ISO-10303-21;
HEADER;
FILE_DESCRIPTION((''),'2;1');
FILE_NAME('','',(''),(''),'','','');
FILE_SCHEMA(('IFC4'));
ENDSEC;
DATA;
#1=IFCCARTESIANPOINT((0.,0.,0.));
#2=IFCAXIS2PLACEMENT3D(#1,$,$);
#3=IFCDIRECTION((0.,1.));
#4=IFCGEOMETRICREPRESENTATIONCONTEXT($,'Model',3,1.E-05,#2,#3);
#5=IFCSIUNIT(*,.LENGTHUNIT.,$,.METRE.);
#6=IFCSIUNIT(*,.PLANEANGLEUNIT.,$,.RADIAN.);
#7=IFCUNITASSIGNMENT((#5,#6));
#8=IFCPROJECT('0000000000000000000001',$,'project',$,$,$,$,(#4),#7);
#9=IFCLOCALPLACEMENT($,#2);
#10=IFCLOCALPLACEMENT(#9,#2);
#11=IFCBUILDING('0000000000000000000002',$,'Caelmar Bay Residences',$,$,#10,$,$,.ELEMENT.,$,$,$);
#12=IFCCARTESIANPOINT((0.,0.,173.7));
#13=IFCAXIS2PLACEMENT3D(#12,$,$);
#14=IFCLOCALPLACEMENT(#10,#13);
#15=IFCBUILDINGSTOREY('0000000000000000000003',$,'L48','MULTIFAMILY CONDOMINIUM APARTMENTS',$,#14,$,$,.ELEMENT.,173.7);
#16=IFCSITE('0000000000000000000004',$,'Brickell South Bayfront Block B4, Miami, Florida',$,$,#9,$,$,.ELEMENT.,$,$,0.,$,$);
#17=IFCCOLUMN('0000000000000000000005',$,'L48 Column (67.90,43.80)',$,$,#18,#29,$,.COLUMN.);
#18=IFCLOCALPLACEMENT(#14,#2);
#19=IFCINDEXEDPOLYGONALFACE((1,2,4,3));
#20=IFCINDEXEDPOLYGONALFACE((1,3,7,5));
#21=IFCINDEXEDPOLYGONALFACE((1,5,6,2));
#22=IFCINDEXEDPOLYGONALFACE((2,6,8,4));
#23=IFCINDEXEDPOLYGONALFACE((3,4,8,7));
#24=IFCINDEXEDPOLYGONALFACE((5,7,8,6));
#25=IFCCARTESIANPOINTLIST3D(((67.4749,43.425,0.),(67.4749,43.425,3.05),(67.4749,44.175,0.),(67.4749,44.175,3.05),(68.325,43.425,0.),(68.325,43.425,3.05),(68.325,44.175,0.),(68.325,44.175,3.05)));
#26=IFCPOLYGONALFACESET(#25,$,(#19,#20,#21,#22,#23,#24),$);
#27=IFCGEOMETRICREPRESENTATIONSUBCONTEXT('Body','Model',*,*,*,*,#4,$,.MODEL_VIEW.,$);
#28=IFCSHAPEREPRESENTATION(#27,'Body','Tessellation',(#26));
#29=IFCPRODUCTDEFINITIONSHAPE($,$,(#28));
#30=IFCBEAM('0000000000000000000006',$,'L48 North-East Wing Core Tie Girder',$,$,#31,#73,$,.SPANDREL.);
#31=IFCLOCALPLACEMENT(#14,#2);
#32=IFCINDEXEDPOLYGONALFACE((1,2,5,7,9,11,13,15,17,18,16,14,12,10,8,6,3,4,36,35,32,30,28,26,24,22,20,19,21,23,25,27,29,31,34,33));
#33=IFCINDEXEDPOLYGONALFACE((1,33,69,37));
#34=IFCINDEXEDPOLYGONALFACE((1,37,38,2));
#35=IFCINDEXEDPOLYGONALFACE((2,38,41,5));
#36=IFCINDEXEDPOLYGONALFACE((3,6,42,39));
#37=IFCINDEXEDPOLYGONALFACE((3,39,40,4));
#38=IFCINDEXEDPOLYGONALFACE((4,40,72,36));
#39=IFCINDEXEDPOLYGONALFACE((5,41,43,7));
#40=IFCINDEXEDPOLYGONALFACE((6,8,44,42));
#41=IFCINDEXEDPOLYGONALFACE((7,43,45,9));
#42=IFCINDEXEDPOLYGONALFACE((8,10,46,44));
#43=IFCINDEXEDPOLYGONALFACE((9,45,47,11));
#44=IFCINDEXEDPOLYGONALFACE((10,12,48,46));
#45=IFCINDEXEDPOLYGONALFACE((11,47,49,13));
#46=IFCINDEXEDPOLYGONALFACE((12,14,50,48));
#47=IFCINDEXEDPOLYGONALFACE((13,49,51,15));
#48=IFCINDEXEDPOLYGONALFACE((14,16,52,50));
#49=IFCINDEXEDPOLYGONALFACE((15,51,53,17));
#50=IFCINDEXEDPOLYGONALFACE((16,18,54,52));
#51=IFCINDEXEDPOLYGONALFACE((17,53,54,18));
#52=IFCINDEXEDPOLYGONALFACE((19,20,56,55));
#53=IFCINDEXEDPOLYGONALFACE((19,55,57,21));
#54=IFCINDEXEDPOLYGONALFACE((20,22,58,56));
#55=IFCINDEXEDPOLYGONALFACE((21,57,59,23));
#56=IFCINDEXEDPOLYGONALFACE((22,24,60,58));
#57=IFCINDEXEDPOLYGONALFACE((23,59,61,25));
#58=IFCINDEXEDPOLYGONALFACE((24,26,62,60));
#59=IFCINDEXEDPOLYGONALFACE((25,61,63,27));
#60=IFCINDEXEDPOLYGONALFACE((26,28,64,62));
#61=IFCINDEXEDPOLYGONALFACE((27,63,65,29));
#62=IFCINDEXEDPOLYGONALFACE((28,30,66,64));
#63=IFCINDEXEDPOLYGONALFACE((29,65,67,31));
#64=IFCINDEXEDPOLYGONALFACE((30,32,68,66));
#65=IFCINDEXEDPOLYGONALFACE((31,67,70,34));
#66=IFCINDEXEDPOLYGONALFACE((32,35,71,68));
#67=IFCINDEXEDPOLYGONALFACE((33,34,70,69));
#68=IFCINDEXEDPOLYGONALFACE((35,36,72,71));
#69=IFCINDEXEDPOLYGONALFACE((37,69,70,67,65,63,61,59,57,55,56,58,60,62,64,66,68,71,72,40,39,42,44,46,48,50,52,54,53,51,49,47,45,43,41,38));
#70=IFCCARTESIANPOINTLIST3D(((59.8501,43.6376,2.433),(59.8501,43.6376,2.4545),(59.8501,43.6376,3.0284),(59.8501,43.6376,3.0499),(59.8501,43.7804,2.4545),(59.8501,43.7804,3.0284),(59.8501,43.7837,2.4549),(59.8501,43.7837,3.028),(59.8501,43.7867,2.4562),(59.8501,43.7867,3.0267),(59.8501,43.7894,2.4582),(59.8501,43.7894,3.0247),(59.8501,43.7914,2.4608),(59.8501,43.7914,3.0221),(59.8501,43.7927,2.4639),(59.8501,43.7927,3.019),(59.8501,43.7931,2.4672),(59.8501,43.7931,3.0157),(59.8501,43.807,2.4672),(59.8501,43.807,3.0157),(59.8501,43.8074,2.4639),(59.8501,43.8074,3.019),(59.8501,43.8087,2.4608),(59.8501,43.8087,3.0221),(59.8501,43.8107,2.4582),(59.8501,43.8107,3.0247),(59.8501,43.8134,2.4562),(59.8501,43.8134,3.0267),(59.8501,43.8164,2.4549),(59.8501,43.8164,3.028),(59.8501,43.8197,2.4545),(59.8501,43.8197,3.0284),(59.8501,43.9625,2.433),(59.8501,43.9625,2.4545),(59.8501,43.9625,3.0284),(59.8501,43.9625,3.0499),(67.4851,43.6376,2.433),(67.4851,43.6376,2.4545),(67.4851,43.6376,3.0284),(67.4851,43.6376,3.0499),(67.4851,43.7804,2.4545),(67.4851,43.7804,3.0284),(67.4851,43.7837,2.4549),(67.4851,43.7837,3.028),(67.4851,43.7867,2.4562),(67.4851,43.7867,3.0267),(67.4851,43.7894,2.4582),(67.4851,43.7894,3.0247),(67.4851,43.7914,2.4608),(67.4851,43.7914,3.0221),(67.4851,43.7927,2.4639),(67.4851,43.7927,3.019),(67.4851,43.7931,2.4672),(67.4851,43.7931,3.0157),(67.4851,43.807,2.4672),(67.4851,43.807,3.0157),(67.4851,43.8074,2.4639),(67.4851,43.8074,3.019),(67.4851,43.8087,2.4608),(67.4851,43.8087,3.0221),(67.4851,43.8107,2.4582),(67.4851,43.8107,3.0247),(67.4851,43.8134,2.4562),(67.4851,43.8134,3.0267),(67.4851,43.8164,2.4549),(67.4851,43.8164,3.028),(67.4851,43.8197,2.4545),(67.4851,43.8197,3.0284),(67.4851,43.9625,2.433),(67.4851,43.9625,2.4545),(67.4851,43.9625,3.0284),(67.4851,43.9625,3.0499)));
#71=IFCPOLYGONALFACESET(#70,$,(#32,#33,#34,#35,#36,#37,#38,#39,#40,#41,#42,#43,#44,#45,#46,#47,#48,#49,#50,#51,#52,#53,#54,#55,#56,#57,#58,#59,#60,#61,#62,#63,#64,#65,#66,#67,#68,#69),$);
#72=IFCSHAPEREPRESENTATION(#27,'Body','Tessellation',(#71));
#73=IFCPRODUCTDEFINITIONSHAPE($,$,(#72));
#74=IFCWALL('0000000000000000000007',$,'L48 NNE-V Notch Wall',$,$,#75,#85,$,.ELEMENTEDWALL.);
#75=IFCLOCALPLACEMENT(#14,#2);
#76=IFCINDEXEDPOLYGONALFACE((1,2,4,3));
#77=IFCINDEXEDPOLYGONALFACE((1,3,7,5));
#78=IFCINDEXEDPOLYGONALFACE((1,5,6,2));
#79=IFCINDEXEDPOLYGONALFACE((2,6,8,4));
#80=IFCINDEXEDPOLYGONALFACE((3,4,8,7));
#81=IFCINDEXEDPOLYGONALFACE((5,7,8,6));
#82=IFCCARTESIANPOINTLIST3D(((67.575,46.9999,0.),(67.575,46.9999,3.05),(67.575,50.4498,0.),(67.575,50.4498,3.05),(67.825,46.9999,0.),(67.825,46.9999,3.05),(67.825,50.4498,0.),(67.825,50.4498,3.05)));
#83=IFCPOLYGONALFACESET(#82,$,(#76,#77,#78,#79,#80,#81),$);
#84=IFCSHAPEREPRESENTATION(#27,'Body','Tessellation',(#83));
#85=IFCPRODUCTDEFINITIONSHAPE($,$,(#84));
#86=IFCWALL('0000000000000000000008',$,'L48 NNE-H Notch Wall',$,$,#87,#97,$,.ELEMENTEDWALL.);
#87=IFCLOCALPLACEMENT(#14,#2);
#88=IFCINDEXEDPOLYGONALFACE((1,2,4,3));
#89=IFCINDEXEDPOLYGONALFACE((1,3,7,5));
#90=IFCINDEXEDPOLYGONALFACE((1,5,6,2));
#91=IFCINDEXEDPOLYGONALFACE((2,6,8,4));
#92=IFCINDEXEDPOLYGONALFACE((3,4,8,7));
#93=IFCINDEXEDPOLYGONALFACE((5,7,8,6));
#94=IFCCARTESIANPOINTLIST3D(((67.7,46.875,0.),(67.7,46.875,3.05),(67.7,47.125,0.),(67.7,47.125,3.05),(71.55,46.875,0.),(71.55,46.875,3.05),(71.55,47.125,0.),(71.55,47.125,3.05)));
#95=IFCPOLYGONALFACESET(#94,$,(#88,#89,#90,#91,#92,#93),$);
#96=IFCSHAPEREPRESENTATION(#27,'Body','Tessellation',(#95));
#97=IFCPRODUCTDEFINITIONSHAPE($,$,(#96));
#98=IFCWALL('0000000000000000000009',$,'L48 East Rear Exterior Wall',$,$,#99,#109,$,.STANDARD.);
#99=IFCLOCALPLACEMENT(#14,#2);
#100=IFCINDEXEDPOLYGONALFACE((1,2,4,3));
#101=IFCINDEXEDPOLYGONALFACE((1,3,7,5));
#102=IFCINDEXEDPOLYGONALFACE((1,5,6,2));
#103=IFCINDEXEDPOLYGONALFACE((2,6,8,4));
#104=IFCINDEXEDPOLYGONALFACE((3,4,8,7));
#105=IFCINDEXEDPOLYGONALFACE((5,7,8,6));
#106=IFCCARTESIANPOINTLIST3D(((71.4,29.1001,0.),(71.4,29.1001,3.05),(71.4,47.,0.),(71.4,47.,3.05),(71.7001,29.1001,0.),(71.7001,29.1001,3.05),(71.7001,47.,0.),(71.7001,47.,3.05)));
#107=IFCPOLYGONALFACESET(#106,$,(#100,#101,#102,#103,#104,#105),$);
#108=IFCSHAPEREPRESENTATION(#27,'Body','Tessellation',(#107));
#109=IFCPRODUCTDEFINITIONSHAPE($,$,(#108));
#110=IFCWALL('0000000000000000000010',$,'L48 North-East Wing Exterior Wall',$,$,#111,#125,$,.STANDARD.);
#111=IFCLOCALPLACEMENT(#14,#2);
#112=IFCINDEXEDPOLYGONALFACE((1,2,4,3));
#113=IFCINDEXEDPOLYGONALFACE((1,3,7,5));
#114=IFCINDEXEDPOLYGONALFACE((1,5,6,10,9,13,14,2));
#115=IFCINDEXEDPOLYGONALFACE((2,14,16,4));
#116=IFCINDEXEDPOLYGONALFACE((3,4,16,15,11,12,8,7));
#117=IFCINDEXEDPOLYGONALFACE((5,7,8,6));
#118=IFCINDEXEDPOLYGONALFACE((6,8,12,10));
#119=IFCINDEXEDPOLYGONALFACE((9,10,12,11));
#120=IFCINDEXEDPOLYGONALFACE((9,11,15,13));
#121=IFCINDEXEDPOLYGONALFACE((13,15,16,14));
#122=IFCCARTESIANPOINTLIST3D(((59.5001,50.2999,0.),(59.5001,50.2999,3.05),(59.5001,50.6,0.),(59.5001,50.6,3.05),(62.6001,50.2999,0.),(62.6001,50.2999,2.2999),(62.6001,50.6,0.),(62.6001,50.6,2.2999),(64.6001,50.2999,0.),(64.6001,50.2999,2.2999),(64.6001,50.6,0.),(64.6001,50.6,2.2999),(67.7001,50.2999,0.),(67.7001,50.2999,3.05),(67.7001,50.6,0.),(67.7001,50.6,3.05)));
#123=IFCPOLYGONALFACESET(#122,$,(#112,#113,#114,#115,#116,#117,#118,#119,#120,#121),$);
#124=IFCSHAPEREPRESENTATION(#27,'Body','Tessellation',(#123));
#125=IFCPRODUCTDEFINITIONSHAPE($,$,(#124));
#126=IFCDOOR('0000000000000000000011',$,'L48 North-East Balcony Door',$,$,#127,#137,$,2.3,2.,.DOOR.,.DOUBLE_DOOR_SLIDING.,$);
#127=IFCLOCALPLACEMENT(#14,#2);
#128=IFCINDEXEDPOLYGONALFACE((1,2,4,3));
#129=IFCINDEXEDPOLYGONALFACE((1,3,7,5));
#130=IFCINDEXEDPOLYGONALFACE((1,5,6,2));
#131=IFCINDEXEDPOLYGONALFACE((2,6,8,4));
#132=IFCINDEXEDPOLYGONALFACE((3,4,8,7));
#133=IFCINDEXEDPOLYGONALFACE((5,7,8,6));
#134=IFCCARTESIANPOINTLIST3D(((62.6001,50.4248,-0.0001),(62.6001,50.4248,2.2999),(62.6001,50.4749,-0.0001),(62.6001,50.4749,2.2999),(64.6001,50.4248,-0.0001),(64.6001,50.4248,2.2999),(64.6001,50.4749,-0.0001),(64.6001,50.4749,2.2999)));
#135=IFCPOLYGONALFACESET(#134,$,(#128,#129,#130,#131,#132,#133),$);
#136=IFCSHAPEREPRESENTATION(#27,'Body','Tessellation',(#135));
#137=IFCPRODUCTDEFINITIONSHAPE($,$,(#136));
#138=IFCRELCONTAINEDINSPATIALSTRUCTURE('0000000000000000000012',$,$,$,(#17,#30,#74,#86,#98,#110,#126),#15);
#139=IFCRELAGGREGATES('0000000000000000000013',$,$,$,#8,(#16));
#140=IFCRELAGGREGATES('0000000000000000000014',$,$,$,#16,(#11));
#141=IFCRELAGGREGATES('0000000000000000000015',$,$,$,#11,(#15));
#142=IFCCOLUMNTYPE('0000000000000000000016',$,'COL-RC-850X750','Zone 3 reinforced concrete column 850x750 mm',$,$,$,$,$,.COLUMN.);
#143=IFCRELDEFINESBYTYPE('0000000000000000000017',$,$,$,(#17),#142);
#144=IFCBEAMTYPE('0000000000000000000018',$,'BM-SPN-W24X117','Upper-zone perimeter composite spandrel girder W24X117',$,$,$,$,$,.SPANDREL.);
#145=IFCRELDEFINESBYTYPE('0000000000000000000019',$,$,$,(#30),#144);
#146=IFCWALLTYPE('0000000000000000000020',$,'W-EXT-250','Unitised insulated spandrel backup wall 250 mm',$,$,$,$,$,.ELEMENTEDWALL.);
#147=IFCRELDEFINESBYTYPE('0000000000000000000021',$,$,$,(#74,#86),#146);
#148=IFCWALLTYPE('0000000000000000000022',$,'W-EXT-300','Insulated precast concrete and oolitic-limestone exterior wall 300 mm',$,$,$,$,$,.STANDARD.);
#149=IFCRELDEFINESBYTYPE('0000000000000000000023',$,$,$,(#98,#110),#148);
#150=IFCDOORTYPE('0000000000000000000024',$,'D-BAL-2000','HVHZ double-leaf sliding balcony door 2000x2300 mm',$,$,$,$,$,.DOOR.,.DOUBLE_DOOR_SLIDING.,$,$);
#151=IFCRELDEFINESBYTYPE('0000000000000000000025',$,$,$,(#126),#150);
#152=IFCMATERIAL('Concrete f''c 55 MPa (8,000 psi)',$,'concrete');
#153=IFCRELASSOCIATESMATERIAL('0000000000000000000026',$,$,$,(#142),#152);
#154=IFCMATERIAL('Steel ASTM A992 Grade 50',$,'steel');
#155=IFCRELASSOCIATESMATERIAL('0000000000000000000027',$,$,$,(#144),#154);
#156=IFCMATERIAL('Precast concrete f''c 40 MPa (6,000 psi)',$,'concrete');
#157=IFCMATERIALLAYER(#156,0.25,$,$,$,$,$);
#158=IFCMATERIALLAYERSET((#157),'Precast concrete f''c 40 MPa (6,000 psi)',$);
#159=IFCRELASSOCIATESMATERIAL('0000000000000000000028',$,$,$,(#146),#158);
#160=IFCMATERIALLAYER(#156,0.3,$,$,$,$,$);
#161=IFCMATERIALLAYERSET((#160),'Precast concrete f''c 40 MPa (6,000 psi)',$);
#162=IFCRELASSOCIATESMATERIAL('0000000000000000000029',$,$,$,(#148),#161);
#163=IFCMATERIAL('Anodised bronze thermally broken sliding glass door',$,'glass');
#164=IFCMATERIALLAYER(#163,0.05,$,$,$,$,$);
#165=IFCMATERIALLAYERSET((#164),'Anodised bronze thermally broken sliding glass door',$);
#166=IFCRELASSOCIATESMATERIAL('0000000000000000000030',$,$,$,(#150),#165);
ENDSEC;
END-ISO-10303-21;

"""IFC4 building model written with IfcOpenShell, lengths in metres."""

from ifc_helpers import new_model, si_unit, direction, frame, frame_2d, origin, origin_2d, place, context, subcontext, project, spatial, rectangle, i_section, extrude, material, layer, layer_set, material_profile, profile_set, type_object, element, fill, save


model = new_model("IFC4")

# Units and contexts
model_context = context("Model", 3, precision=1e-05, world=origin(), true_north=direction((0.0, 1.0)))
body_context = subcontext(model_context, "Body", "Model", "MODEL_VIEW")
ifc_project = project(units=[si_unit("LENGTHUNIT", "METRE"), si_unit("PLANEANGLEUNIT", "RADIAN")], contexts=[model_context])

# Site, building, storey
site_placement = place(None, origin())
site = spatial("IfcSite", under=ifc_project, at=site_placement, Name="Brickell South Bayfront Block B4, Miami, Florida", CompositionType="ELEMENT", RefElevation=0.0)
building_placement = place(site_placement, origin())
building = spatial("IfcBuilding", under=site, at=building_placement, Name="Caelmar Bay Residences", CompositionType="ELEMENT")
storey_placement = place(building_placement, frame((0.0, 0.0, 173.7)))
storey = spatial("IfcBuildingStorey", under=building, at=storey_placement, Name="L48", Description="MULTIFAMILY CONDOMINIUM APARTMENTS", CompositionType="ELEMENT", Elevation=173.7)

# Column
ifc_material_1 = material(Name="Concrete f'c 55 MPa (8,000 psi)", Category="concrete")
ifc_material_profile_1 = material_profile(ifc_material_1, rectangle(XDim=0.8501, YDim=0.75, at=origin_2d()), Name="RC-COL-850X750")
ifc_profile_set_1 = profile_set([ifc_material_profile_1], Name="Concrete f'c 55 MPa (8,000 psi)")
column_type = type_object("IfcColumnType", Name="COL-RC-850X750", Description="Zone 3 reinforced concrete column 850x750 mm", PredefinedType="COLUMN", material=ifc_profile_set_1)
column_placement = place(storey_placement, frame((67.8999, 43.8, 0.0), z_axis=(0.0, 0.0, 1.0), x_axis=(1.0, 0.0, 0.0)))
element("IfcColumn", 1, at=column_placement, inside=storey, type_object=column_type, Name="L48 Column (67.90,43.80)", PredefinedType="COLUMN", context=body_context, shape_type="SweptSolid", body=[
    extrude(rectangle(XDim=0.8501, YDim=0.75, at=origin_2d()), origin(), (0.0, 0.0, 1.0), 3.05),
])

# Beam
ifc_material_2 = material(Name="Steel ASTM A992 Grade 50", Category="steel")
ifc_material_profile_2 = material_profile(ifc_material_2, i_section(OverallWidth=0.325, OverallDepth=0.6169, WebThickness=0.0139, FlangeThickness=0.0215, FilletRadius=0.0127, at=origin_2d()), Name="W24X117")
ifc_profile_set_2 = profile_set([ifc_material_profile_2], Name="Steel ASTM A992 Grade 50")
beam_type = type_object("IfcBeamType", Name="BM-SPN-W24X117", Description="Upper-zone perimeter composite spandrel girder W24X117", PredefinedType="SPANDREL", material=ifc_profile_set_2)
beam_placement = place(storey_placement, frame((59.8501, 43.8, 2.7415), z_axis=(1.0, 0.0, 0.0), x_axis=(0.0, 1.0, 0.0)))
element("IfcBeam", 2, at=beam_placement, inside=storey, type_object=beam_type, Name="L48 North-East Wing Core Tie Girder", PredefinedType="SPANDREL", context=body_context, shape_type="SweptSolid", body=[
    extrude(i_section(OverallWidth=0.325, OverallDepth=0.6169, WebThickness=0.0139, FlangeThickness=0.0215, FilletRadius=0.0127, at=origin_2d()), origin(), (0.0, 0.0, 1.0), 7.635),
])

# Walls
ifc_material_3 = material(Name="Precast concrete f'c 40 MPa (6,000 psi)", Category="concrete")
ifc_layer_1 = layer(ifc_material_3, 0.25)
ifc_layer_set_1 = layer_set([ifc_layer_1], Name="Precast concrete f'c 40 MPa (6,000 psi)")
wall_type_1 = type_object("IfcWallType", Name="W-EXT-250", Description="Unitised insulated spandrel backup wall 250 mm", PredefinedType="ELEMENTEDWALL", material=ifc_layer_set_1)
wall_1_placement = place(storey_placement, frame((67.7, 50.45, 0.0), z_axis=(0.0, 0.0, 1.0), x_axis=(0.0, -1.0, 0.0)))
element("IfcWall", 3, at=wall_1_placement, inside=storey, type_object=wall_type_1, Name="L48 NNE-V Notch Wall", PredefinedType="ELEMENTEDWALL", context=body_context, shape_type="SweptSolid", body=[
    extrude(rectangle(XDim=3.45, YDim=0.25, at=frame_2d((1.7251, 0.0))), origin(), (0.0, 0.0, 1.0), 3.05),
])
wall_2_placement = place(storey_placement, frame((67.7, 47.0, 0.0), z_axis=(0.0, 0.0, 1.0), x_axis=(1.0, 0.0, 0.0)))
element("IfcWall", 4, at=wall_2_placement, inside=storey, type_object=wall_type_1, Name="L48 NNE-H Notch Wall", PredefinedType="ELEMENTEDWALL", context=body_context, shape_type="SweptSolid", body=[
    extrude(rectangle(XDim=3.8501, YDim=0.25, at=frame_2d((1.925, 0.0))), origin(), (0.0, 0.0, 1.0), 3.05),
])
ifc_layer_2 = layer(ifc_material_3, 0.3)
ifc_layer_set_2 = layer_set([ifc_layer_2], Name="Precast concrete f'c 40 MPa (6,000 psi)")
wall_type_2 = type_object("IfcWallType", Name="W-EXT-300", Description="Insulated precast concrete and oolitic-limestone exterior wall 300 mm", PredefinedType="STANDARD", material=ifc_layer_set_2)
wall_3_placement = place(storey_placement, frame((71.55, 47.0, 0.0), z_axis=(0.0, 0.0, 1.0), x_axis=(0.0, -1.0, 0.0)))
element("IfcWall", 5, at=wall_3_placement, inside=storey, type_object=wall_type_2, Name="L48 East Rear Exterior Wall", PredefinedType="STANDARD", context=body_context, shape_type="SweptSolid", body=[
    extrude(rectangle(XDim=17.8999, YDim=0.3, at=frame_2d((8.95, 0.0))), origin(), (0.0, 0.0, 1.0), 3.05),
])

# Wall, opening, door
wall_4_placement = place(storey_placement, frame((59.5, 50.45, 0.0), z_axis=(0.0, 0.0, 1.0), x_axis=(1.0, 0.0, 0.0)))
wall_4 = element("IfcWall", 6, at=wall_4_placement, inside=storey, type_object=wall_type_2, Name="L48 North-East Wing Exterior Wall", PredefinedType="STANDARD", context=body_context, shape_type="SweptSolid", body=[
    extrude(rectangle(XDim=8.2, YDim=0.3, at=frame_2d((4.1001, 0.0))), origin(), (0.0, 0.0, 1.0), 3.05),
])
opening_1_placement = place(wall_4_placement, frame((3.1001, 0.0, 0.0)))
opening_1 = element("IfcOpeningElement", 7, at=opening_1_placement, cuts=wall_4, PredefinedType="OPENING", context=body_context, shape_type="SweptSolid", body=[
    extrude(rectangle(XDim=2.0, YDim=2.3, at=frame_2d((1.0, 1.1499))), frame((0.0, 0.1599, 0.0), z_axis=(0.0, -1.0, 0.0), x_axis=(1.0, 0.0, 0.0)), (0.0, 0.0, 1.0), 0.3201),
])
ifc_material_4 = material(Name="Anodised bronze thermally broken sliding glass door", Category="glass")
ifc_layer_3 = layer(ifc_material_4, 0.05)
ifc_layer_set_3 = layer_set([ifc_layer_3], Name="Anodised bronze thermally broken sliding glass door")
door_type_1 = type_object("IfcDoorType", Name="D-BAL-2000", Description="HVHZ double-leaf sliding balcony door 2000x2300 mm", OperationType="DOUBLE_DOOR_SLIDING", PredefinedType="DOOR", material=ifc_layer_set_3)
door_1_placement = place(opening_1_placement, origin())
door_1 = element("IfcDoor", 8, at=door_1_placement, inside=storey, type_object=door_type_1, Name="L48 North-East Balcony Door", OperationType="DOUBLE_DOOR_SLIDING", OverallHeight=2.3, OverallWidth=2.0, PredefinedType="DOOR", context=body_context, shape_type="SweptSolid", body=[
    extrude(rectangle(XDim=2.0, YDim=2.3, at=frame_2d((1.0, 1.1499))), frame((0.0, 0.0249, 0.0), z_axis=(0.0, -1.0, 0.0), x_axis=(1.0, 0.0, 0.0)), (0.0, 0.0, 1.0), 0.05),
])
fill(opening_1, door_1)

save(model, "model.ifc")
